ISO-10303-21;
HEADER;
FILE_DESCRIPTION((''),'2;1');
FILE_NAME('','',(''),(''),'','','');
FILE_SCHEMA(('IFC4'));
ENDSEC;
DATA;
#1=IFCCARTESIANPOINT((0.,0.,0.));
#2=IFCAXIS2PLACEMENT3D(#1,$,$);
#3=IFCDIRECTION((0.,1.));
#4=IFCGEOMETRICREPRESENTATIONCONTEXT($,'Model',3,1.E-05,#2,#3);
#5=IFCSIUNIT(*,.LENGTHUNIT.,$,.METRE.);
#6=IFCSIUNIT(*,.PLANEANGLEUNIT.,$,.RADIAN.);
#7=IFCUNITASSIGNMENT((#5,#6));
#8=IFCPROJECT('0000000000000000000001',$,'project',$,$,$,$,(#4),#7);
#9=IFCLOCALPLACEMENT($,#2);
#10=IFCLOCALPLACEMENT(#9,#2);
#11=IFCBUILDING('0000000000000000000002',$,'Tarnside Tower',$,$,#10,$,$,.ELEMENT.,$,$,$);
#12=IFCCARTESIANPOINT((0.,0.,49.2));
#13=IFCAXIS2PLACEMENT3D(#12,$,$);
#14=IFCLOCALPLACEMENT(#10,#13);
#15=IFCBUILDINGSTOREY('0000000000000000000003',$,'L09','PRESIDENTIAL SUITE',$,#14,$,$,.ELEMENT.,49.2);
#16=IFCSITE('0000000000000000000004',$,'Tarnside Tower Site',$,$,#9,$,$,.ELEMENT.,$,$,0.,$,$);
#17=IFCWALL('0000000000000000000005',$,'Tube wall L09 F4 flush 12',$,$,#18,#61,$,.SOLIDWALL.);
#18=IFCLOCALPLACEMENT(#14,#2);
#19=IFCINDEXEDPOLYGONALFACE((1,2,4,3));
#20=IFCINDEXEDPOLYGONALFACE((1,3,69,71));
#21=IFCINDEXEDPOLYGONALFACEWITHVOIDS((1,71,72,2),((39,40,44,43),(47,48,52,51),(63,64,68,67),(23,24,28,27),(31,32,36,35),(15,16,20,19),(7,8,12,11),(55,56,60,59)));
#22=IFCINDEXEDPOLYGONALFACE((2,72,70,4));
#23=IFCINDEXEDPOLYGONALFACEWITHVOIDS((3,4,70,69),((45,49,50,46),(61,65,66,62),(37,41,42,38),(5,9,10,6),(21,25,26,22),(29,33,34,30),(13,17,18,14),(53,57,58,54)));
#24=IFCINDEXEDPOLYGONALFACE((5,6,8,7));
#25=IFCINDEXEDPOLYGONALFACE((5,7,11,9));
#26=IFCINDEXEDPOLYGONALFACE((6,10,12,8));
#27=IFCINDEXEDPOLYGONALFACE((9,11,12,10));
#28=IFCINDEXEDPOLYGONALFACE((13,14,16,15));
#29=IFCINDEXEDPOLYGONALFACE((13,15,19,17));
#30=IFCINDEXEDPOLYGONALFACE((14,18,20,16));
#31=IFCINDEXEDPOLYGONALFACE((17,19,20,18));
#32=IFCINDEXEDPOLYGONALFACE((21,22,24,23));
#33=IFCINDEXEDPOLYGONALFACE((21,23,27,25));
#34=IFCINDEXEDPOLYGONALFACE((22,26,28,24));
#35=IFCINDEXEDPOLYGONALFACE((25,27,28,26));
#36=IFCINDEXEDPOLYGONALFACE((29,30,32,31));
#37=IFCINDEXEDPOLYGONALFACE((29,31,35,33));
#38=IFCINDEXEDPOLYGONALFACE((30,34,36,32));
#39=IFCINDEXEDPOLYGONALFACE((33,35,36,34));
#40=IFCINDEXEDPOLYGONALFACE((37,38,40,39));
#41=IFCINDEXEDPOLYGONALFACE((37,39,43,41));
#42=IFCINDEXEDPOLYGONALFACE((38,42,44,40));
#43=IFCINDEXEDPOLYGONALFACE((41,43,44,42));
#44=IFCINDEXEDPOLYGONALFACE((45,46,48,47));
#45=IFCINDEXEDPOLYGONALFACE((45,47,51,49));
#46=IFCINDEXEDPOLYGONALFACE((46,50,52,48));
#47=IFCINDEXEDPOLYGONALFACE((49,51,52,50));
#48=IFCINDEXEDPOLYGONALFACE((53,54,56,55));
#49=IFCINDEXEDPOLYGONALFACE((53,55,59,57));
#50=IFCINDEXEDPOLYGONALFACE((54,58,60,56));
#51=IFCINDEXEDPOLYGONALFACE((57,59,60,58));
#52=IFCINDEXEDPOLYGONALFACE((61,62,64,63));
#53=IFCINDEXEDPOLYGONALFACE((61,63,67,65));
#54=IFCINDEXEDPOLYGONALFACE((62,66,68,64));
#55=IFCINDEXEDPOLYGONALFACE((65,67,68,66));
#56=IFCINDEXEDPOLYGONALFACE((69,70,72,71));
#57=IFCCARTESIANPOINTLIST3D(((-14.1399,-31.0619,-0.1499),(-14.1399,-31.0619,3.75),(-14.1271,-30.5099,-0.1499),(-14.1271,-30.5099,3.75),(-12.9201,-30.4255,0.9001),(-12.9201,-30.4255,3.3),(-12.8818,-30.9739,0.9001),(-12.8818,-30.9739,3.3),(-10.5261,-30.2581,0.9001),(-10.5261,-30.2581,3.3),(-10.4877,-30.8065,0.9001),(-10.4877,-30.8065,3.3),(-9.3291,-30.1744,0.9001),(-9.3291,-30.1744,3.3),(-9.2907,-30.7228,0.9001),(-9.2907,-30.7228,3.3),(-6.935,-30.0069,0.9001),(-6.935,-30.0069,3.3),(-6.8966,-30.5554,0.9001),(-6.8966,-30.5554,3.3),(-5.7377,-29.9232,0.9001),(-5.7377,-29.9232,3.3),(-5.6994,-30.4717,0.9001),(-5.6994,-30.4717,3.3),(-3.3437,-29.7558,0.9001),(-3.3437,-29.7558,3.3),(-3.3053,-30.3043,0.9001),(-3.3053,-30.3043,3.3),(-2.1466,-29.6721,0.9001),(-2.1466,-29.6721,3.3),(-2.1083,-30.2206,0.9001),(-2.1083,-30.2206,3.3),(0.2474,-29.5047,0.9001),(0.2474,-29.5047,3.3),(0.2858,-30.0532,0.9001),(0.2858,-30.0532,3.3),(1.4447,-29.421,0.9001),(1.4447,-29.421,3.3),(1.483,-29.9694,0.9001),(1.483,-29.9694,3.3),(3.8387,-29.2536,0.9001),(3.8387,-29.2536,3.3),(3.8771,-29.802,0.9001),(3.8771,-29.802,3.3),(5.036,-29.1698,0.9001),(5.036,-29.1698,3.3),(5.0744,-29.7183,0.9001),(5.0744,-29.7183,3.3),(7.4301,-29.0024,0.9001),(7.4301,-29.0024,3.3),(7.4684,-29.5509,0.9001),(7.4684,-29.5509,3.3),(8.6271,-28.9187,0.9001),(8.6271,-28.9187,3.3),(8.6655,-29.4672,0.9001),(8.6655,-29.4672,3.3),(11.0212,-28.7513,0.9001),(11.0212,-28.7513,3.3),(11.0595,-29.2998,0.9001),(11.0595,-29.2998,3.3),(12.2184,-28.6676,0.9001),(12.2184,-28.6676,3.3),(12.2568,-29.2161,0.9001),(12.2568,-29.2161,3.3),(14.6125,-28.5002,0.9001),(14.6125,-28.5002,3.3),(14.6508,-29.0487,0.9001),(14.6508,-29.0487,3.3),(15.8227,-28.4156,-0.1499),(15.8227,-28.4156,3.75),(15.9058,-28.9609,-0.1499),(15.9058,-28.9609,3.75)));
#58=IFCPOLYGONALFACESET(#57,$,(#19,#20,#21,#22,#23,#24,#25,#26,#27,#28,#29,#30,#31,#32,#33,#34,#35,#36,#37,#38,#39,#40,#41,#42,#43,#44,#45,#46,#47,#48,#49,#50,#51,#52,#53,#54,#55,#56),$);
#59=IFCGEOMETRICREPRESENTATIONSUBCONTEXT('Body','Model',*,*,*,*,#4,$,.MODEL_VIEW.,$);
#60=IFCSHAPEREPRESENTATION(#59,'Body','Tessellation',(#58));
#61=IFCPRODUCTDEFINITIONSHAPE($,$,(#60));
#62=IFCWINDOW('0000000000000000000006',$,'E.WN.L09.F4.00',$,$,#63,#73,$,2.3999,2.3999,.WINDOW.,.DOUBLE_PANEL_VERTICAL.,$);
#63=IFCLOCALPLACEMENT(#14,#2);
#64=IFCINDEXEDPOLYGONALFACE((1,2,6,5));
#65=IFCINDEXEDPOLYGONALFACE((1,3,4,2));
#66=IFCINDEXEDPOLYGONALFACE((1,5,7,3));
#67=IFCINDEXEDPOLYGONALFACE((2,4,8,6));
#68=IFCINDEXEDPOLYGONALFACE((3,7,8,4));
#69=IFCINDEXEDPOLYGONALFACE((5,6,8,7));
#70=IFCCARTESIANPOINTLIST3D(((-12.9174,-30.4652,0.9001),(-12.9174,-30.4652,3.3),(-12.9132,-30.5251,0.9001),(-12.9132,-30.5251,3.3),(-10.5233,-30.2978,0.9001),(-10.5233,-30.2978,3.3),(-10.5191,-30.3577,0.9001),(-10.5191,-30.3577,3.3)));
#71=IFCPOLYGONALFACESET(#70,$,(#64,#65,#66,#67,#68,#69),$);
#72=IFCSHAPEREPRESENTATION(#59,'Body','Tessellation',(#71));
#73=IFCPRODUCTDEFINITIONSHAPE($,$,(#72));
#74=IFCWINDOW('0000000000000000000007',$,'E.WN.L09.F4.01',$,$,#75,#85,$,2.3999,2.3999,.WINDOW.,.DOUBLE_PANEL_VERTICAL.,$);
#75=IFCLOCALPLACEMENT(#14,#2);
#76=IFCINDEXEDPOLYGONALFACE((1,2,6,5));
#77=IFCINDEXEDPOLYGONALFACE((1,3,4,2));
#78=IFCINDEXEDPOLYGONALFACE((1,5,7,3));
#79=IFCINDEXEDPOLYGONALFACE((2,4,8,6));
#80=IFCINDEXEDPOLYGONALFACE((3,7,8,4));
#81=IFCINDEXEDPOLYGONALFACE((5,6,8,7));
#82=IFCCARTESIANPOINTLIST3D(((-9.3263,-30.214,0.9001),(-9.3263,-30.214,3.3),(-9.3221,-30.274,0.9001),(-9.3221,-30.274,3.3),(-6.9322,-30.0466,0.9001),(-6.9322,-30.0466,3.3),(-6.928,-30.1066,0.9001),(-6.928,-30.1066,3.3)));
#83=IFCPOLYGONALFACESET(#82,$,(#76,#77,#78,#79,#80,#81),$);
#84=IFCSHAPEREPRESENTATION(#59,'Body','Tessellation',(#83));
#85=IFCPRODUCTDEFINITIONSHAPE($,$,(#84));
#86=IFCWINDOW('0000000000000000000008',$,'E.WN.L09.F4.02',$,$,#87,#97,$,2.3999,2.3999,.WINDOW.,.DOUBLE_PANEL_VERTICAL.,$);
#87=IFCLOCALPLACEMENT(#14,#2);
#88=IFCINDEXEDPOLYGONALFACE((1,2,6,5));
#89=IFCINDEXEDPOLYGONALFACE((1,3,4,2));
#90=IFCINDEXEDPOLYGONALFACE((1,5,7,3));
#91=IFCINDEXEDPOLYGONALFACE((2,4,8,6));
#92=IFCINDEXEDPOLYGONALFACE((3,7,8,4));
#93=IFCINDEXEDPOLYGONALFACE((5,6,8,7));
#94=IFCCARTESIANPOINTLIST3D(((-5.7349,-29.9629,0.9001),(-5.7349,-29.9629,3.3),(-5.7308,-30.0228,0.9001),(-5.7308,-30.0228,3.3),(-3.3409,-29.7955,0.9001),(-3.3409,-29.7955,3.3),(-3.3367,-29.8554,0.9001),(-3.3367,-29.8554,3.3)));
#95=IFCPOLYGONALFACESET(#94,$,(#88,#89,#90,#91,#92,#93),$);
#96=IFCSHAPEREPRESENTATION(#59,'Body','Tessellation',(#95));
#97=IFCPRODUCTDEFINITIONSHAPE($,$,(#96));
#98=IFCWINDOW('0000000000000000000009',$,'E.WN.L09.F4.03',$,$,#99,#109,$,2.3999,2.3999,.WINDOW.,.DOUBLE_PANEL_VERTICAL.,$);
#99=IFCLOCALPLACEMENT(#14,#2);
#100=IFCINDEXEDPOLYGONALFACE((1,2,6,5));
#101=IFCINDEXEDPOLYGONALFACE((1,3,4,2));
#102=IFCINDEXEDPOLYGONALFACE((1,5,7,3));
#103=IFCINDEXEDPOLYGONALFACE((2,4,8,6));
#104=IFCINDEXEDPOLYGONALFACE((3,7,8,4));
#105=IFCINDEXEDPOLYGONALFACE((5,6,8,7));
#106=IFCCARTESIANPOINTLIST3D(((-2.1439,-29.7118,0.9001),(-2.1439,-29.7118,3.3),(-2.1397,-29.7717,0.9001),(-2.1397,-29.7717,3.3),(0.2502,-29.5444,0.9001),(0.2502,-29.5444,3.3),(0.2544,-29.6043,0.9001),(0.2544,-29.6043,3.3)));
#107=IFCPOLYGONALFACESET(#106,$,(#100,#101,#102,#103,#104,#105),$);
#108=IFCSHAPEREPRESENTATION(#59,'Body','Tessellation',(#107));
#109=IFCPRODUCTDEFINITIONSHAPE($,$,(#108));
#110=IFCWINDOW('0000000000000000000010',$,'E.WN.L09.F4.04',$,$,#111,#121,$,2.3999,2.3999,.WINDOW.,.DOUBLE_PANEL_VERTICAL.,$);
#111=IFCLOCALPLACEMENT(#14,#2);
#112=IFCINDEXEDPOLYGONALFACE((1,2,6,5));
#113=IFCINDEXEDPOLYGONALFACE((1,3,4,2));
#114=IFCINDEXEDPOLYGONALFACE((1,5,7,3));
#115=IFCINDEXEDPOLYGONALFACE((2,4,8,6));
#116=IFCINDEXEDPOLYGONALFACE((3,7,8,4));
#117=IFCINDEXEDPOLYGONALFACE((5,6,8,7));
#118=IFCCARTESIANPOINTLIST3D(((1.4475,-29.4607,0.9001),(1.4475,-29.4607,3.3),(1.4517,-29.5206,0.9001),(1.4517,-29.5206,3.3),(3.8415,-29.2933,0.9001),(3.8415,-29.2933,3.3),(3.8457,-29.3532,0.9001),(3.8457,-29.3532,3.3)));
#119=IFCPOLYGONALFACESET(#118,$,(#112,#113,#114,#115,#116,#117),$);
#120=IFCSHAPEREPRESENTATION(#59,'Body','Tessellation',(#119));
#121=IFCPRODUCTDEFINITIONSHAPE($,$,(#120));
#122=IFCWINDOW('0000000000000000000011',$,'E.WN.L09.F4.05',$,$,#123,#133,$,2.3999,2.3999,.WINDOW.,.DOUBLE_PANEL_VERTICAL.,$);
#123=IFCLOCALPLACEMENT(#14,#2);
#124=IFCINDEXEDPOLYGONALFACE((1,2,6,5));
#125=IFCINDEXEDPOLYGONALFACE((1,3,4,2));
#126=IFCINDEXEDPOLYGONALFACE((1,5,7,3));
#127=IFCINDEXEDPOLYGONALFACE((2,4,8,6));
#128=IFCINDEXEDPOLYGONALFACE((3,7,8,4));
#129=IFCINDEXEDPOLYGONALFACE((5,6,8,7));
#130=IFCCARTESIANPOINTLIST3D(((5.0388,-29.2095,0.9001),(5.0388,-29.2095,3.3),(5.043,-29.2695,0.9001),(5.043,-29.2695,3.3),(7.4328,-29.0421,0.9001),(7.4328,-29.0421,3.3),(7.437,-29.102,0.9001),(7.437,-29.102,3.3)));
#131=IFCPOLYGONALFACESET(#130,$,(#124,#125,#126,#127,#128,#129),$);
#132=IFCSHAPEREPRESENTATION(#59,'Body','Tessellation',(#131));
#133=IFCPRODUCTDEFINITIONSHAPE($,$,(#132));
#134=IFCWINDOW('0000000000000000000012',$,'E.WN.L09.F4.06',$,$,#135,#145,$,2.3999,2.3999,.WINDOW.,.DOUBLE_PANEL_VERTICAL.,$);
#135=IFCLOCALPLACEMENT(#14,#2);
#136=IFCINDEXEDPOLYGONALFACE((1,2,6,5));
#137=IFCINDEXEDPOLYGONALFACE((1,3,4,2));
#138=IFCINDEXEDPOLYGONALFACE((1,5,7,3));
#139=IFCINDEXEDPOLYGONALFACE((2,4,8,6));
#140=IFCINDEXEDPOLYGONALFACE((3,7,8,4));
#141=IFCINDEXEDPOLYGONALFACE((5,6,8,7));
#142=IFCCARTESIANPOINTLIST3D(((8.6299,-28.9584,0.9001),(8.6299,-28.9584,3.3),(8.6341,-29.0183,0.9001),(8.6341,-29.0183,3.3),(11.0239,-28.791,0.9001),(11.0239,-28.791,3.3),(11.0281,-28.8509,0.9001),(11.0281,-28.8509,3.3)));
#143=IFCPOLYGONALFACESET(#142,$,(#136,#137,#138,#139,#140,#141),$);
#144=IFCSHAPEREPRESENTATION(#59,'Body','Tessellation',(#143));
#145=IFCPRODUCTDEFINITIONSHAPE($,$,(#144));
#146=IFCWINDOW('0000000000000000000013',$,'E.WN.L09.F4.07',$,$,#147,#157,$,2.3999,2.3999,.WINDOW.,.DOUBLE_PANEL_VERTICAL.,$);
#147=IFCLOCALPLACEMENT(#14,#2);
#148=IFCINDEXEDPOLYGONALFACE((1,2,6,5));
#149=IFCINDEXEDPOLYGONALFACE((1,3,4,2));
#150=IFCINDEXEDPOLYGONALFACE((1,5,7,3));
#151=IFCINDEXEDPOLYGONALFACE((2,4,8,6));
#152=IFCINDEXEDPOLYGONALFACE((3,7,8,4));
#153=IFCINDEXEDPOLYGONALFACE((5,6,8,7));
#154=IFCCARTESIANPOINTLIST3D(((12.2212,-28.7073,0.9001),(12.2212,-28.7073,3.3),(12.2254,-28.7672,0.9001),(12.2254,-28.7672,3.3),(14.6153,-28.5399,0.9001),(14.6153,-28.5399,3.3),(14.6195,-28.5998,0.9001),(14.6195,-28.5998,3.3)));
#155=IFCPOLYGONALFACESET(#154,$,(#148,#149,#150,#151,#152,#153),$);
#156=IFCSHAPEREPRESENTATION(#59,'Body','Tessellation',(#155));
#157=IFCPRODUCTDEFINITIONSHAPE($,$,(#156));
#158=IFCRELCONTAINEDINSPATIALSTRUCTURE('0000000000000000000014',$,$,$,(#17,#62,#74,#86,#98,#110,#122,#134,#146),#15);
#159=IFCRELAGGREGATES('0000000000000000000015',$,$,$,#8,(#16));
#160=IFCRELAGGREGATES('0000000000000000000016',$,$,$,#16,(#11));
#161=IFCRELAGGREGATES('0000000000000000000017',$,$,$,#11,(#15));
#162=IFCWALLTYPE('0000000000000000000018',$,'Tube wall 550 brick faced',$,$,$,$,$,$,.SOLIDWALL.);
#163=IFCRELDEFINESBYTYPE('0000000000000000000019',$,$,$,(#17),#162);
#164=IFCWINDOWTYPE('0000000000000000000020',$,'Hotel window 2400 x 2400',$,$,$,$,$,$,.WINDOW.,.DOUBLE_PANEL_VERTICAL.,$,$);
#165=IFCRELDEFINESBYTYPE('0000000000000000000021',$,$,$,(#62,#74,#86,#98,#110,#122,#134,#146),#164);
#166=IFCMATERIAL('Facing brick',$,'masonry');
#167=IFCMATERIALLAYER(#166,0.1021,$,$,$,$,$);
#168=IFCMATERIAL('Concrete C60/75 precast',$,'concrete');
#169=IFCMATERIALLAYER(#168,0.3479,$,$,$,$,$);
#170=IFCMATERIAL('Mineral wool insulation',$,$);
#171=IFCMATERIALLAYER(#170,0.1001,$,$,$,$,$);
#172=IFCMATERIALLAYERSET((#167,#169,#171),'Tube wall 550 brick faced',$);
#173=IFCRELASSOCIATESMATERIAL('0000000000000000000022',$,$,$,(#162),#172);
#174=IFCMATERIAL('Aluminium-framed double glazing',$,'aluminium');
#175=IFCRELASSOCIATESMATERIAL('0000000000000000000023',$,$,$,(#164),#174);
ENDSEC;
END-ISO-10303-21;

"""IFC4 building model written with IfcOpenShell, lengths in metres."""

from ifc_helpers import new_model, si_unit, direction, frame, frame_2d, origin, place, context, subcontext, project, spatial, polyline, rectangle, outline, extrude, material, layer, layer_set, type_object, element, fill, save


model = new_model("IFC4")

# Units and contexts
model_context = context("Model", 3, precision=1e-05, world=origin(), true_north=direction((0.0, 1.0)))
body_context = subcontext(model_context, "Body", "Model", "MODEL_VIEW")
ifc_project = project(units=[si_unit("LENGTHUNIT", "METRE"), si_unit("PLANEANGLEUNIT", "RADIAN")], contexts=[model_context])

# Site, building, storey
site_placement = place(None, origin())
site = spatial("IfcSite", under=ifc_project, at=site_placement, Name="Tarnside Tower Site", CompositionType="ELEMENT", RefElevation=0.0)
building_placement = place(site_placement, origin())
building = spatial("IfcBuilding", under=site, at=building_placement, Name="Tarnside Tower", CompositionType="ELEMENT")
storey_placement = place(building_placement, frame((0.0, 0.0, 49.2)))
storey = spatial("IfcBuildingStorey", under=building, at=storey_placement, Name="L09", Description="PRESIDENTIAL SUITE", CompositionType="ELEMENT", Elevation=49.2)

# Shared definitions
ifc_material_1 = material(Name="Facing brick", Category="masonry")
ifc_layer_1 = layer(ifc_material_1, 0.1021)
ifc_material_2 = material(Name="Concrete C60/75 precast", Category="concrete")
ifc_layer_2 = layer(ifc_material_2, 0.3479)
ifc_material_3 = material(Name="Mineral wool insulation")
ifc_layer_3 = layer(ifc_material_3, 0.1001)
ifc_layer_set_1 = layer_set([ifc_layer_1, ifc_layer_2, ifc_layer_3], Name="Tube wall 550 brick faced")
wall_type_1 = type_object("IfcWallType", Name="Tube wall 550 brick faced", PredefinedType="SOLIDWALL", material=ifc_layer_set_1)

# Wall, openings, windows
wall_1_placement = place(storey_placement, frame((-14.1335, -30.7859, -0.1499), z_axis=(0.0, 0.0, 1.0), x_axis=(0.997564, 0.069757, 0.0)))
wall_1 = element("IfcWall", 1, at=wall_1_placement, inside=storey, type_object=wall_type_1, Name="Tube wall L09 F4 flush 12", PredefinedType="SOLIDWALL", context=body_context, shape_type="SweptSolid", body=[
    extrude(outline(polyline([(-0.0256, -0.2749), (30.0935, -0.2749), (30.0486, 0.2749), (0.0256, 0.2749), (-0.0256, -0.2749)])), origin(), (0.0, 0.0, 1.0), 3.8999),
])
opening_1_placement = place(wall_1_placement, frame((1.2356, 0.0, 1.05)))
opening_1 = element("IfcOpeningElement", 2, at=opening_1_placement, cuts=wall_1, PredefinedType="OPENING", context=body_context, shape_type="SweptSolid", body=[
    extrude(rectangle(XDim=2.3999, YDim=2.3999, at=frame_2d((1.2, 1.2))), frame((0.0, 0.2852, 0.0), z_axis=(0.0, -1.0, 0.0), x_axis=(1.0, 0.0, 0.0)), (0.0, 0.0, 1.0), 0.5701),
])
opening_2_placement = place(wall_1_placement, frame((4.8354, 0.0, 1.05)))
opening_2 = element("IfcOpeningElement", 3, at=opening_2_placement, cuts=wall_1, PredefinedType="OPENING", context=body_context, shape_type="SweptSolid", body=[
    extrude(rectangle(XDim=2.3999, YDim=2.3999, at=frame_2d((1.2, 1.2))), frame((0.0, 0.2852, 0.0), z_axis=(0.0, -1.0, 0.0), x_axis=(1.0, 0.0, 0.0)), (0.0, 0.0, 1.0), 0.5701),
])
opening_3_placement = place(wall_1_placement, frame((8.4355, 0.0, 1.05)))
opening_3 = element("IfcOpeningElement", 4, at=opening_3_placement, cuts=wall_1, PredefinedType="OPENING", context=body_context, shape_type="SweptSolid", body=[
    extrude(rectangle(XDim=2.3999, YDim=2.3999, at=frame_2d((1.2, 1.2))), frame((0.0, 0.2852, 0.0), z_axis=(0.0, -1.0, 0.0), x_axis=(1.0, 0.0, 0.0)), (0.0, 0.0, 1.0), 0.5701),
])
opening_4_placement = place(wall_1_placement, frame((12.0354, 0.0, 1.05)))
opening_4 = element("IfcOpeningElement", 5, at=opening_4_placement, cuts=wall_1, PredefinedType="OPENING", context=body_context, shape_type="SweptSolid", body=[
    extrude(rectangle(XDim=2.3999, YDim=2.3999, at=frame_2d((1.2, 1.2))), frame((0.0, 0.2852, 0.0), z_axis=(0.0, -1.0, 0.0), x_axis=(1.0, 0.0, 0.0)), (0.0, 0.0, 1.0), 0.5701),
])
opening_5_placement = place(wall_1_placement, frame((15.6355, 0.0, 1.05)))
opening_5 = element("IfcOpeningElement", 6, at=opening_5_placement, cuts=wall_1, PredefinedType="OPENING", context=body_context, shape_type="SweptSolid", body=[
    extrude(rectangle(XDim=2.3999, YDim=2.3999, at=frame_2d((1.2, 1.2))), frame((0.0, 0.2852, 0.0), z_axis=(0.0, -1.0, 0.0), x_axis=(1.0, 0.0, 0.0)), (0.0, 0.0, 1.0), 0.5701),
])
opening_6_placement = place(wall_1_placement, frame((19.2356, 0.0, 1.05)))
opening_6 = element("IfcOpeningElement", 7, at=opening_6_placement, cuts=wall_1, PredefinedType="OPENING", context=body_context, shape_type="SweptSolid", body=[
    extrude(rectangle(XDim=2.3999, YDim=2.3999, at=frame_2d((1.2, 1.2))), frame((0.0, 0.2852, 0.0), z_axis=(0.0, -1.0, 0.0), x_axis=(1.0, 0.0, 0.0)), (0.0, 0.0, 1.0), 0.5701),
])
opening_7_placement = place(wall_1_placement, frame((22.8354, 0.0, 1.05)))
opening_7 = element("IfcOpeningElement", 8, at=opening_7_placement, cuts=wall_1, PredefinedType="OPENING", context=body_context, shape_type="SweptSolid", body=[
    extrude(rectangle(XDim=2.3999, YDim=2.3999, at=frame_2d((1.2, 1.2))), frame((0.0, 0.2852, 0.0), z_axis=(0.0, -1.0, 0.0), x_axis=(1.0, 0.0, 0.0)), (0.0, 0.0, 1.0), 0.5701),
])
opening_8_placement = place(wall_1_placement, frame((26.4355, 0.0, 1.05)))
opening_8 = element("IfcOpeningElement", 9, at=opening_8_placement, cuts=wall_1, PredefinedType="OPENING", context=body_context, shape_type="SweptSolid", body=[
    extrude(rectangle(XDim=2.3999, YDim=2.3999, at=frame_2d((1.2, 1.2))), frame((0.0, 0.2852, 0.0), z_axis=(0.0, -1.0, 0.0), x_axis=(1.0, 0.0, 0.0)), (0.0, 0.0, 1.0), 0.5701),
])
ifc_material_4 = material(Name="Aluminium-framed double glazing", Category="aluminium")
window_type = type_object("IfcWindowType", Name="Hotel window 2400 x 2400", PartitioningType="DOUBLE_PANEL_VERTICAL", PredefinedType="WINDOW", material=ifc_material_4)
window_1_placement = place(opening_1_placement, frame((0.0, 0.2051, 0.0)))
window_1 = element("IfcWindow", 10, at=window_1_placement, inside=storey, type_object=window_type, Name="E.WN.L09.F4.00", OverallHeight=2.3999, OverallWidth=2.3999, PartitioningType="DOUBLE_PANEL_VERTICAL", PredefinedType="WINDOW", context=body_context, shape_type="SweptSolid", body=[
    extrude(rectangle(XDim=2.3999, YDim=2.3999, at=frame_2d((1.2, 1.2))), frame((0.0, 0.03, 0.0), z_axis=(0.0, -1.0, 0.0), x_axis=(1.0, 0.0, 0.0)), (0.0, 0.0, 1.0), 0.0601),
])
fill(opening_1, window_1)
window_2_placement = place(opening_2_placement, frame((0.0, 0.2051, 0.0)))
window_2 = element("IfcWindow", 11, at=window_2_placement, inside=storey, type_object=window_type, Name="E.WN.L09.F4.01", OverallHeight=2.3999, OverallWidth=2.3999, PartitioningType="DOUBLE_PANEL_VERTICAL", PredefinedType="WINDOW", context=body_context, shape_type="SweptSolid", body=[
    extrude(rectangle(XDim=2.3999, YDim=2.3999, at=frame_2d((1.2, 1.2))), frame((0.0, 0.03, 0.0), z_axis=(0.0, -1.0, 0.0), x_axis=(1.0, 0.0, 0.0)), (0.0, 0.0, 1.0), 0.0601),
])
fill(opening_2, window_2)
window_3_placement = place(opening_3_placement, frame((0.0, 0.2051, 0.0)))
window_3 = element("IfcWindow", 12, at=window_3_placement, inside=storey, type_object=window_type, Name="E.WN.L09.F4.02", OverallHeight=2.3999, OverallWidth=2.3999, PartitioningType="DOUBLE_PANEL_VERTICAL", PredefinedType="WINDOW", context=body_context, shape_type="SweptSolid", body=[
    extrude(rectangle(XDim=2.3999, YDim=2.3999, at=frame_2d((1.2, 1.2))), frame((0.0, 0.03, 0.0), z_axis=(0.0, -1.0, 0.0), x_axis=(1.0, 0.0, 0.0)), (0.0, 0.0, 1.0), 0.0601),
])
fill(opening_3, window_3)
window_4_placement = place(opening_4_placement, frame((0.0, 0.2051, 0.0)))
window_4 = element("IfcWindow", 13, at=window_4_placement, inside=storey, type_object=window_type, Name="E.WN.L09.F4.03", OverallHeight=2.3999, OverallWidth=2.3999, PartitioningType="DOUBLE_PANEL_VERTICAL", PredefinedType="WINDOW", context=body_context, shape_type="SweptSolid", body=[
    extrude(rectangle(XDim=2.3999, YDim=2.3999, at=frame_2d((1.2, 1.2))), frame((0.0, 0.03, 0.0), z_axis=(0.0, -1.0, 0.0), x_axis=(1.0, 0.0, 0.0)), (0.0, 0.0, 1.0), 0.0601),
])
fill(opening_4, window_4)
window_5_placement = place(opening_5_placement, frame((0.0, 0.2051, 0.0)))
window_5 = element("IfcWindow", 14, at=window_5_placement, inside=storey, type_object=window_type, Name="E.WN.L09.F4.04", OverallHeight=2.3999, OverallWidth=2.3999, PartitioningType="DOUBLE_PANEL_VERTICAL", PredefinedType="WINDOW", context=body_context, shape_type="SweptSolid", body=[
    extrude(rectangle(XDim=2.3999, YDim=2.3999, at=frame_2d((1.2, 1.2))), frame((0.0, 0.03, 0.0), z_axis=(0.0, -1.0, 0.0), x_axis=(1.0, 0.0, 0.0)), (0.0, 0.0, 1.0), 0.0601),
])
fill(opening_5, window_5)
window_6_placement = place(opening_6_placement, frame((0.0, 0.2051, 0.0)))
window_6 = element("IfcWindow", 15, at=window_6_placement, inside=storey, type_object=window_type, Name="E.WN.L09.F4.05", OverallHeight=2.3999, OverallWidth=2.3999, PartitioningType="DOUBLE_PANEL_VERTICAL", PredefinedType="WINDOW", context=body_context, shape_type="SweptSolid", body=[
    extrude(rectangle(XDim=2.3999, YDim=2.3999, at=frame_2d((1.2, 1.2))), frame((0.0, 0.03, 0.0), z_axis=(0.0, -1.0, 0.0), x_axis=(1.0, 0.0, 0.0)), (0.0, 0.0, 1.0), 0.0601),
])
fill(opening_6, window_6)
window_7_placement = place(opening_7_placement, frame((0.0, 0.2051, 0.0)))
window_7 = element("IfcWindow", 16, at=window_7_placement, inside=storey, type_object=window_type, Name="E.WN.L09.F4.06", OverallHeight=2.3999, OverallWidth=2.3999, PartitioningType="DOUBLE_PANEL_VERTICAL", PredefinedType="WINDOW", context=body_context, shape_type="SweptSolid", body=[
    extrude(rectangle(XDim=2.3999, YDim=2.3999, at=frame_2d((1.2, 1.2))), frame((0.0, 0.03, 0.0), z_axis=(0.0, -1.0, 0.0), x_axis=(1.0, 0.0, 0.0)), (0.0, 0.0, 1.0), 0.0601),
])
fill(opening_7, window_7)
window_8_placement = place(opening_8_placement, frame((0.0, 0.2051, 0.0)))
window_8 = element("IfcWindow", 17, at=window_8_placement, inside=storey, type_object=window_type, Name="E.WN.L09.F4.07", OverallHeight=2.3999, OverallWidth=2.3999, PartitioningType="DOUBLE_PANEL_VERTICAL", PredefinedType="WINDOW", context=body_context, shape_type="SweptSolid", body=[
    extrude(rectangle(XDim=2.3999, YDim=2.3999, at=frame_2d((1.2, 1.2))), frame((0.0, 0.03, 0.0), z_axis=(0.0, -1.0, 0.0), x_axis=(1.0, 0.0, 0.0)), (0.0, 0.0, 1.0), 0.0601),
])
fill(opening_8, window_8)

save(model, "model.ifc")
